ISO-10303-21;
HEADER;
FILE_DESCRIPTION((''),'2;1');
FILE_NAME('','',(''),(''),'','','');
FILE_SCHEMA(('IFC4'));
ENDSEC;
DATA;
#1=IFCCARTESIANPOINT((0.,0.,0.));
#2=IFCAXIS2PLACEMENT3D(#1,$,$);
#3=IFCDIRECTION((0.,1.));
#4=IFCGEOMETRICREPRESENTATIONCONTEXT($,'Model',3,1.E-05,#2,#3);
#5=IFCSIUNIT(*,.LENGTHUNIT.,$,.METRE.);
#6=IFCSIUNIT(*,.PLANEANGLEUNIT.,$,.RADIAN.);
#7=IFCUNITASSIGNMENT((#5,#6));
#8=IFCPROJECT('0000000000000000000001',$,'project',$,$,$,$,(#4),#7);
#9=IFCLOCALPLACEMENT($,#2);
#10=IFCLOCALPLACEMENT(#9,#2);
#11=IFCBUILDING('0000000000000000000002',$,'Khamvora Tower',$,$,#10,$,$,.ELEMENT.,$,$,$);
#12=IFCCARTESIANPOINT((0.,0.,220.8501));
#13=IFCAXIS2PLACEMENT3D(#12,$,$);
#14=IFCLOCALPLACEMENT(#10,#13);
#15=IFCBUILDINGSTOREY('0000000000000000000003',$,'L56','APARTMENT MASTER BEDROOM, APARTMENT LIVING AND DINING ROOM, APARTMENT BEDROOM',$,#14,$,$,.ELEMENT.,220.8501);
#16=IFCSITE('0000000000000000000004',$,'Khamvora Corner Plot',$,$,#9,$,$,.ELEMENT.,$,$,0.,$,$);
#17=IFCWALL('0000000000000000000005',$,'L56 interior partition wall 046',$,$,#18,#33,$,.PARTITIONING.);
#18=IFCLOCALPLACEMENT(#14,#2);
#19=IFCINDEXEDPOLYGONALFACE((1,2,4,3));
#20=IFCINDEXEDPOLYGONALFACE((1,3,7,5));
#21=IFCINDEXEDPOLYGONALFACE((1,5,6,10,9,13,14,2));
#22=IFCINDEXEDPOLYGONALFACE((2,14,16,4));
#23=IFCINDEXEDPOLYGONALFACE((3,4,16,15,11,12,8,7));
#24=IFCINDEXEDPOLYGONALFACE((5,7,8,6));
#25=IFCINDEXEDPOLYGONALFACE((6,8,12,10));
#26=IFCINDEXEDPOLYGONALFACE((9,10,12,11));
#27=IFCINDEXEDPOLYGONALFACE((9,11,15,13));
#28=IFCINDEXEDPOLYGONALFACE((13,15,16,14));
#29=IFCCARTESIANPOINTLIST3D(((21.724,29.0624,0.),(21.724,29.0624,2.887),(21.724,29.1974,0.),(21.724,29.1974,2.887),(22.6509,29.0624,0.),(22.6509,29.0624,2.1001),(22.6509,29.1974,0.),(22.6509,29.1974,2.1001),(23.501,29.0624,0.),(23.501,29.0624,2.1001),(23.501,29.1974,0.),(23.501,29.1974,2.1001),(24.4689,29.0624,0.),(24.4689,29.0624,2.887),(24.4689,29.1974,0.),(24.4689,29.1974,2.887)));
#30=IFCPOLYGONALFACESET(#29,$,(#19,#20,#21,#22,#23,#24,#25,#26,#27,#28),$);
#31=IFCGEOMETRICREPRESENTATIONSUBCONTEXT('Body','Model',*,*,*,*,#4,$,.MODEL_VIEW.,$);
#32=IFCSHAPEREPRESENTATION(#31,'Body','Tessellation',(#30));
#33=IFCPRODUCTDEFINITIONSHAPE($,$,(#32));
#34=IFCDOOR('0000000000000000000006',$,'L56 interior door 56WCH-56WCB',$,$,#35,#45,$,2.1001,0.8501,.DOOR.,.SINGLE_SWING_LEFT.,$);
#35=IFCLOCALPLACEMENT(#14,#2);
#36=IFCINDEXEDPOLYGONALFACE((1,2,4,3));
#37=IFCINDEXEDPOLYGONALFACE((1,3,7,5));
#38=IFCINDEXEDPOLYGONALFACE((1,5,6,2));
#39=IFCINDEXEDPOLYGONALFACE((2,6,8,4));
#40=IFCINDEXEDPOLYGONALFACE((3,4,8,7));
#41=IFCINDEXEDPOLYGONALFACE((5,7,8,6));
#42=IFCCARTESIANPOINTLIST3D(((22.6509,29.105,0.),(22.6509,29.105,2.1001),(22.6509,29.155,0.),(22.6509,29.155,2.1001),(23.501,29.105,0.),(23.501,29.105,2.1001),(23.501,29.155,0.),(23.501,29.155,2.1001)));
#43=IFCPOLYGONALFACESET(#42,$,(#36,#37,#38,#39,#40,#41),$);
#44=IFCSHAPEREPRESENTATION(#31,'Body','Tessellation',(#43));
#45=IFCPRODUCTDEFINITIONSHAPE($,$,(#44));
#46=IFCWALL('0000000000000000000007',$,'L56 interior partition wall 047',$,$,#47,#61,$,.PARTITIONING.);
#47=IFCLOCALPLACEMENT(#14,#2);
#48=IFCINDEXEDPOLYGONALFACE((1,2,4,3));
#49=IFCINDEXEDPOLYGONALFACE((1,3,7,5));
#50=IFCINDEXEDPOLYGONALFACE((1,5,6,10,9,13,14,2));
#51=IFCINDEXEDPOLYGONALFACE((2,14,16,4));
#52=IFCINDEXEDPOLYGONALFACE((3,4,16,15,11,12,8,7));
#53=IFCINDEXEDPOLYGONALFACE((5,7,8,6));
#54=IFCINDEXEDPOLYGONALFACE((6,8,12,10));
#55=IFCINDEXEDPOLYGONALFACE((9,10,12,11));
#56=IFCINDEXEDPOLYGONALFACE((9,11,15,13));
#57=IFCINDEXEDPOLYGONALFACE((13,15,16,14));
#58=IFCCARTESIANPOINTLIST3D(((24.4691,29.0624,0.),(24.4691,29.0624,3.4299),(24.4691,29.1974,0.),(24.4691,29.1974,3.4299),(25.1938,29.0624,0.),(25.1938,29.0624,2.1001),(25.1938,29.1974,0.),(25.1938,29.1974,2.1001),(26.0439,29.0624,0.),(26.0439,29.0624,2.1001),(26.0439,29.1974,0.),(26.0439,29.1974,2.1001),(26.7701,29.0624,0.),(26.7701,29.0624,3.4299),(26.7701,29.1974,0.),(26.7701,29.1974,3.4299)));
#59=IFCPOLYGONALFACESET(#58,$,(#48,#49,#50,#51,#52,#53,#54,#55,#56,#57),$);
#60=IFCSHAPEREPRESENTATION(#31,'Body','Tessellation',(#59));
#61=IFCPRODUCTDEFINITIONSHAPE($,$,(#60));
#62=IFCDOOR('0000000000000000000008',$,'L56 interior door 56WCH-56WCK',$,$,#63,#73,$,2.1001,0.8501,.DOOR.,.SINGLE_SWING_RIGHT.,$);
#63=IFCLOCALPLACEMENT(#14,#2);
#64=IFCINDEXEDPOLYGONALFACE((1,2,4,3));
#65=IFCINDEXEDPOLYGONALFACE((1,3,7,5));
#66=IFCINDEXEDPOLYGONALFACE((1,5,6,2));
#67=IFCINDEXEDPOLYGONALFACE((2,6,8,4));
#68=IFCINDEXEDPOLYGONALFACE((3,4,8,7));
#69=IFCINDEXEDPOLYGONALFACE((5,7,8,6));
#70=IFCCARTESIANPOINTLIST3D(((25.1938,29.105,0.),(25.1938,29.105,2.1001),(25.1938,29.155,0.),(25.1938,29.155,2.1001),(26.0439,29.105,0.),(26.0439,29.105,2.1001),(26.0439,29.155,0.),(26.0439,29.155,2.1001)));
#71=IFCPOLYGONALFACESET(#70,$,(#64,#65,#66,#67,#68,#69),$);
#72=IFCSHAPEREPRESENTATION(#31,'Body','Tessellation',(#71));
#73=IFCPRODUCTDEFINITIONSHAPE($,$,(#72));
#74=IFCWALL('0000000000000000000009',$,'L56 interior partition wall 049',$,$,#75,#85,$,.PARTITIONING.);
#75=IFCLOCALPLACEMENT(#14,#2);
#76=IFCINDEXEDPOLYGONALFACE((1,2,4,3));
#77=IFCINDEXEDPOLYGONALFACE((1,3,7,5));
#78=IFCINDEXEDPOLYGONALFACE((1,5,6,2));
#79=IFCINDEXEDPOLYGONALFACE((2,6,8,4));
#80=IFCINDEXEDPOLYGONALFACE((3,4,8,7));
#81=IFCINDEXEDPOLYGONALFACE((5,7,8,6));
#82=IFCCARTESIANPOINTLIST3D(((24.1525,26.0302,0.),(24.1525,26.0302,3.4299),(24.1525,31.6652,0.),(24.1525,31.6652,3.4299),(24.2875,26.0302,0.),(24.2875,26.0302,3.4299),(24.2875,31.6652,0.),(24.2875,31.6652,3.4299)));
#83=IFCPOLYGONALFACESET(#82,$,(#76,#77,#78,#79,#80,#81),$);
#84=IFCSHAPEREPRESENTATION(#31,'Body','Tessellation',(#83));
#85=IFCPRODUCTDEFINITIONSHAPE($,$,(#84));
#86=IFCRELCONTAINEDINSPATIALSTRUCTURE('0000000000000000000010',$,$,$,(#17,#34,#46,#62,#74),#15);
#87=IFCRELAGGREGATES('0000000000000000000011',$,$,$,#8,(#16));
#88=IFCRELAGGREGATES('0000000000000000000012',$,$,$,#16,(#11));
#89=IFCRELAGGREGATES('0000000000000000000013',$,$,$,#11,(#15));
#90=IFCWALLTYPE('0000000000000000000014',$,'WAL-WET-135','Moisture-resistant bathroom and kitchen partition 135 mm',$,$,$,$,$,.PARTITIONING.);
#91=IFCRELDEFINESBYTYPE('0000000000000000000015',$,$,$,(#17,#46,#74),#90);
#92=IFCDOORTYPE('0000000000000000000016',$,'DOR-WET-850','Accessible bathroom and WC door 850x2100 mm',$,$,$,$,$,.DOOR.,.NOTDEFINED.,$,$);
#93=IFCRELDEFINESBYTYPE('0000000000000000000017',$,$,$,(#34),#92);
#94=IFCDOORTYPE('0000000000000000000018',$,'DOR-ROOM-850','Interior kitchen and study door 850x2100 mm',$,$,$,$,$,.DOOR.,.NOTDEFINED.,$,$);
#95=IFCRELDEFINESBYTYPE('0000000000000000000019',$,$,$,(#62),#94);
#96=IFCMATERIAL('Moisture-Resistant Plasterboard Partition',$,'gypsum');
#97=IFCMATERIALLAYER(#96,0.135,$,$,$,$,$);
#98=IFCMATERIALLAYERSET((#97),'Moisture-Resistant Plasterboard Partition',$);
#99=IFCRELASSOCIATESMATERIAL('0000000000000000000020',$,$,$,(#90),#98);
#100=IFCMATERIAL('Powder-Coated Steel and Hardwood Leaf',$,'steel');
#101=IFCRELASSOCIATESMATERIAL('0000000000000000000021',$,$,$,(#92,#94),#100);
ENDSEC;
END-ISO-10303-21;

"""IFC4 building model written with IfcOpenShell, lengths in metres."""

from ifc_helpers import new_model, si_unit, direction, frame, frame_2d, origin, place, context, subcontext, project, spatial, rectangle, extrude, material, layer, layer_set, type_object, element, fill, save


model = new_model("IFC4")

# Units and contexts
model_context = context("Model", 3, precision=1e-05, world=origin(), true_north=direction((0.0, 1.0)))
body_context = subcontext(model_context, "Body", "Model", "MODEL_VIEW")
ifc_project = project(units=[si_unit("LENGTHUNIT", "METRE"), si_unit("PLANEANGLEUNIT", "RADIAN")], contexts=[model_context])

# Site, building, storey
site_placement = place(None, origin())
site = spatial("IfcSite", under=ifc_project, at=site_placement, Name="Khamvora Corner Plot", CompositionType="ELEMENT", RefElevation=0.0)
building_placement = place(site_placement, origin())
building = spatial("IfcBuilding", under=site, at=building_placement, Name="Khamvora Tower", CompositionType="ELEMENT")
storey_placement = place(building_placement, frame((0.0, 0.0, 220.8501)))
storey = spatial("IfcBuildingStorey", under=building, at=storey_placement, Name="L56", Description="APARTMENT MASTER BEDROOM, APARTMENT LIVING AND DINING ROOM, APARTMENT BEDROOM", CompositionType="ELEMENT", Elevation=220.8501)

# Shared definitions
ifc_material_1 = material(Name="Powder-Coated Steel and Hardwood Leaf", Category="steel")

# Walls, openings, doors
ifc_material_2 = material(Name="Moisture-Resistant Plasterboard Partition", Category="gypsum")
ifc_layer_1 = layer(ifc_material_2, 0.135)
ifc_layer_set_1 = layer_set([ifc_layer_1], Name="Moisture-Resistant Plasterboard Partition")
wall_type_1 = type_object("IfcWallType", Name="WAL-WET-135", Description="Moisture-resistant bathroom and kitchen partition 135 mm", PredefinedType="PARTITIONING", material=ifc_layer_set_1)
wall_1_placement = place(storey_placement, frame((24.469, 29.1299, 0.0), z_axis=(0.0, 0.0, 1.0), x_axis=(-1.0, 0.0, 0.0)))
wall_1 = element("IfcWall", 1, at=wall_1_placement, inside=storey, type_object=wall_type_1, Name="L56 interior partition wall 046", PredefinedType="PARTITIONING", context=body_context, shape_type="SweptSolid", body=[
    extrude(rectangle(XDim=2.7449, YDim=0.135, at=frame_2d((1.3726, 0.0))), origin(), (0.0, 0.0, 1.0), 2.887),
])
opening_1_placement = place(wall_1_placement, frame((0.968, 0.0, 0.0)))
opening_1 = element("IfcOpeningElement", 2, at=opening_1_placement, cuts=wall_1, PredefinedType="OPENING", context=body_context, shape_type="SweptSolid", body=[
    extrude(rectangle(XDim=0.8501, YDim=2.1001, at=frame_2d((0.425, 1.05))), frame((0.0, 0.0774, 0.0), z_axis=(0.0, -1.0, 0.0), x_axis=(1.0, 0.0, 0.0)), (0.0, 0.0, 1.0), 0.155),
])
door_type_1 = type_object("IfcDoorType", Name="DOR-WET-850", Description="Accessible bathroom and WC door 850x2100 mm", OperationType="NOTDEFINED", PredefinedType="DOOR", material=ifc_material_1)
door_1_placement = place(opening_1_placement, origin())
door_1 = element("IfcDoor", 3, at=door_1_placement, inside=storey, type_object=door_type_1, Name="L56 interior door 56WCH-56WCB", OperationType="SINGLE_SWING_LEFT", OverallHeight=2.1001, OverallWidth=0.8501, PredefinedType="DOOR", context=body_context, shape_type="SweptSolid", body=[
    extrude(rectangle(XDim=0.8501, YDim=2.1001, at=frame_2d((0.425, 1.05))), frame((0.0, 0.0249, 0.0), z_axis=(0.0, -1.0, 0.0), x_axis=(1.0, 0.0, 0.0)), (0.0, 0.0, 1.0), 0.05),
])
fill(opening_1, door_1)
wall_2_placement = place(storey_placement, frame((26.77, 29.1299, 0.0), z_axis=(0.0, 0.0, 1.0), x_axis=(-1.0, 0.0, 0.0)))
wall_2 = element("IfcWall", 4, at=wall_2_placement, inside=storey, type_object=wall_type_1, Name="L56 interior partition wall 047", PredefinedType="PARTITIONING", context=body_context, shape_type="SweptSolid", body=[
    extrude(rectangle(XDim=2.301, YDim=0.135, at=frame_2d((1.1504, 0.0))), origin(), (0.0, 0.0, 1.0), 3.4299),
])
opening_2_placement = place(wall_2_placement, frame((0.7261, 0.0, 0.0)))
opening_2 = element("IfcOpeningElement", 5, at=opening_2_placement, cuts=wall_2, PredefinedType="OPENING", context=body_context, shape_type="SweptSolid", body=[
    extrude(rectangle(XDim=0.8501, YDim=2.1001, at=frame_2d((0.425, 1.05))), frame((0.0, 0.0774, 0.0), z_axis=(0.0, -1.0, 0.0), x_axis=(1.0, 0.0, 0.0)), (0.0, 0.0, 1.0), 0.155),
])
door_type_2 = type_object("IfcDoorType", Name="DOR-ROOM-850", Description="Interior kitchen and study door 850x2100 mm", OperationType="NOTDEFINED", PredefinedType="DOOR", material=ifc_material_1)
door_2_placement = place(opening_2_placement, origin())
door_2 = element("IfcDoor", 6, at=door_2_placement, inside=storey, type_object=door_type_2, Name="L56 interior door 56WCH-56WCK", OperationType="SINGLE_SWING_RIGHT", OverallHeight=2.1001, OverallWidth=0.8501, PredefinedType="DOOR", context=body_context, shape_type="SweptSolid", body=[
    extrude(rectangle(XDim=0.8501, YDim=2.1001, at=frame_2d((0.425, 1.05))), frame((0.0, 0.0249, 0.0), z_axis=(0.0, -1.0, 0.0), x_axis=(1.0, 0.0, 0.0)), (0.0, 0.0, 1.0), 0.05),
])
fill(opening_2, door_2)

# Wall
wall_3_placement = place(storey_placement, frame((24.22, 31.665, 0.0), z_axis=(0.0, 0.0, 1.0), x_axis=(0.0, -1.0, 0.0)))
element("IfcWall", 7, at=wall_3_placement, inside=storey, type_object=wall_type_1, Name="L56 interior partition wall 049", PredefinedType="PARTITIONING", context=body_context, shape_type="SweptSolid", body=[
    extrude(rectangle(XDim=5.635, YDim=0.135, at=frame_2d((2.8174, 0.0))), origin(), (0.0, 0.0, 1.0), 3.4299),
])

save(model, "model.ifc")
